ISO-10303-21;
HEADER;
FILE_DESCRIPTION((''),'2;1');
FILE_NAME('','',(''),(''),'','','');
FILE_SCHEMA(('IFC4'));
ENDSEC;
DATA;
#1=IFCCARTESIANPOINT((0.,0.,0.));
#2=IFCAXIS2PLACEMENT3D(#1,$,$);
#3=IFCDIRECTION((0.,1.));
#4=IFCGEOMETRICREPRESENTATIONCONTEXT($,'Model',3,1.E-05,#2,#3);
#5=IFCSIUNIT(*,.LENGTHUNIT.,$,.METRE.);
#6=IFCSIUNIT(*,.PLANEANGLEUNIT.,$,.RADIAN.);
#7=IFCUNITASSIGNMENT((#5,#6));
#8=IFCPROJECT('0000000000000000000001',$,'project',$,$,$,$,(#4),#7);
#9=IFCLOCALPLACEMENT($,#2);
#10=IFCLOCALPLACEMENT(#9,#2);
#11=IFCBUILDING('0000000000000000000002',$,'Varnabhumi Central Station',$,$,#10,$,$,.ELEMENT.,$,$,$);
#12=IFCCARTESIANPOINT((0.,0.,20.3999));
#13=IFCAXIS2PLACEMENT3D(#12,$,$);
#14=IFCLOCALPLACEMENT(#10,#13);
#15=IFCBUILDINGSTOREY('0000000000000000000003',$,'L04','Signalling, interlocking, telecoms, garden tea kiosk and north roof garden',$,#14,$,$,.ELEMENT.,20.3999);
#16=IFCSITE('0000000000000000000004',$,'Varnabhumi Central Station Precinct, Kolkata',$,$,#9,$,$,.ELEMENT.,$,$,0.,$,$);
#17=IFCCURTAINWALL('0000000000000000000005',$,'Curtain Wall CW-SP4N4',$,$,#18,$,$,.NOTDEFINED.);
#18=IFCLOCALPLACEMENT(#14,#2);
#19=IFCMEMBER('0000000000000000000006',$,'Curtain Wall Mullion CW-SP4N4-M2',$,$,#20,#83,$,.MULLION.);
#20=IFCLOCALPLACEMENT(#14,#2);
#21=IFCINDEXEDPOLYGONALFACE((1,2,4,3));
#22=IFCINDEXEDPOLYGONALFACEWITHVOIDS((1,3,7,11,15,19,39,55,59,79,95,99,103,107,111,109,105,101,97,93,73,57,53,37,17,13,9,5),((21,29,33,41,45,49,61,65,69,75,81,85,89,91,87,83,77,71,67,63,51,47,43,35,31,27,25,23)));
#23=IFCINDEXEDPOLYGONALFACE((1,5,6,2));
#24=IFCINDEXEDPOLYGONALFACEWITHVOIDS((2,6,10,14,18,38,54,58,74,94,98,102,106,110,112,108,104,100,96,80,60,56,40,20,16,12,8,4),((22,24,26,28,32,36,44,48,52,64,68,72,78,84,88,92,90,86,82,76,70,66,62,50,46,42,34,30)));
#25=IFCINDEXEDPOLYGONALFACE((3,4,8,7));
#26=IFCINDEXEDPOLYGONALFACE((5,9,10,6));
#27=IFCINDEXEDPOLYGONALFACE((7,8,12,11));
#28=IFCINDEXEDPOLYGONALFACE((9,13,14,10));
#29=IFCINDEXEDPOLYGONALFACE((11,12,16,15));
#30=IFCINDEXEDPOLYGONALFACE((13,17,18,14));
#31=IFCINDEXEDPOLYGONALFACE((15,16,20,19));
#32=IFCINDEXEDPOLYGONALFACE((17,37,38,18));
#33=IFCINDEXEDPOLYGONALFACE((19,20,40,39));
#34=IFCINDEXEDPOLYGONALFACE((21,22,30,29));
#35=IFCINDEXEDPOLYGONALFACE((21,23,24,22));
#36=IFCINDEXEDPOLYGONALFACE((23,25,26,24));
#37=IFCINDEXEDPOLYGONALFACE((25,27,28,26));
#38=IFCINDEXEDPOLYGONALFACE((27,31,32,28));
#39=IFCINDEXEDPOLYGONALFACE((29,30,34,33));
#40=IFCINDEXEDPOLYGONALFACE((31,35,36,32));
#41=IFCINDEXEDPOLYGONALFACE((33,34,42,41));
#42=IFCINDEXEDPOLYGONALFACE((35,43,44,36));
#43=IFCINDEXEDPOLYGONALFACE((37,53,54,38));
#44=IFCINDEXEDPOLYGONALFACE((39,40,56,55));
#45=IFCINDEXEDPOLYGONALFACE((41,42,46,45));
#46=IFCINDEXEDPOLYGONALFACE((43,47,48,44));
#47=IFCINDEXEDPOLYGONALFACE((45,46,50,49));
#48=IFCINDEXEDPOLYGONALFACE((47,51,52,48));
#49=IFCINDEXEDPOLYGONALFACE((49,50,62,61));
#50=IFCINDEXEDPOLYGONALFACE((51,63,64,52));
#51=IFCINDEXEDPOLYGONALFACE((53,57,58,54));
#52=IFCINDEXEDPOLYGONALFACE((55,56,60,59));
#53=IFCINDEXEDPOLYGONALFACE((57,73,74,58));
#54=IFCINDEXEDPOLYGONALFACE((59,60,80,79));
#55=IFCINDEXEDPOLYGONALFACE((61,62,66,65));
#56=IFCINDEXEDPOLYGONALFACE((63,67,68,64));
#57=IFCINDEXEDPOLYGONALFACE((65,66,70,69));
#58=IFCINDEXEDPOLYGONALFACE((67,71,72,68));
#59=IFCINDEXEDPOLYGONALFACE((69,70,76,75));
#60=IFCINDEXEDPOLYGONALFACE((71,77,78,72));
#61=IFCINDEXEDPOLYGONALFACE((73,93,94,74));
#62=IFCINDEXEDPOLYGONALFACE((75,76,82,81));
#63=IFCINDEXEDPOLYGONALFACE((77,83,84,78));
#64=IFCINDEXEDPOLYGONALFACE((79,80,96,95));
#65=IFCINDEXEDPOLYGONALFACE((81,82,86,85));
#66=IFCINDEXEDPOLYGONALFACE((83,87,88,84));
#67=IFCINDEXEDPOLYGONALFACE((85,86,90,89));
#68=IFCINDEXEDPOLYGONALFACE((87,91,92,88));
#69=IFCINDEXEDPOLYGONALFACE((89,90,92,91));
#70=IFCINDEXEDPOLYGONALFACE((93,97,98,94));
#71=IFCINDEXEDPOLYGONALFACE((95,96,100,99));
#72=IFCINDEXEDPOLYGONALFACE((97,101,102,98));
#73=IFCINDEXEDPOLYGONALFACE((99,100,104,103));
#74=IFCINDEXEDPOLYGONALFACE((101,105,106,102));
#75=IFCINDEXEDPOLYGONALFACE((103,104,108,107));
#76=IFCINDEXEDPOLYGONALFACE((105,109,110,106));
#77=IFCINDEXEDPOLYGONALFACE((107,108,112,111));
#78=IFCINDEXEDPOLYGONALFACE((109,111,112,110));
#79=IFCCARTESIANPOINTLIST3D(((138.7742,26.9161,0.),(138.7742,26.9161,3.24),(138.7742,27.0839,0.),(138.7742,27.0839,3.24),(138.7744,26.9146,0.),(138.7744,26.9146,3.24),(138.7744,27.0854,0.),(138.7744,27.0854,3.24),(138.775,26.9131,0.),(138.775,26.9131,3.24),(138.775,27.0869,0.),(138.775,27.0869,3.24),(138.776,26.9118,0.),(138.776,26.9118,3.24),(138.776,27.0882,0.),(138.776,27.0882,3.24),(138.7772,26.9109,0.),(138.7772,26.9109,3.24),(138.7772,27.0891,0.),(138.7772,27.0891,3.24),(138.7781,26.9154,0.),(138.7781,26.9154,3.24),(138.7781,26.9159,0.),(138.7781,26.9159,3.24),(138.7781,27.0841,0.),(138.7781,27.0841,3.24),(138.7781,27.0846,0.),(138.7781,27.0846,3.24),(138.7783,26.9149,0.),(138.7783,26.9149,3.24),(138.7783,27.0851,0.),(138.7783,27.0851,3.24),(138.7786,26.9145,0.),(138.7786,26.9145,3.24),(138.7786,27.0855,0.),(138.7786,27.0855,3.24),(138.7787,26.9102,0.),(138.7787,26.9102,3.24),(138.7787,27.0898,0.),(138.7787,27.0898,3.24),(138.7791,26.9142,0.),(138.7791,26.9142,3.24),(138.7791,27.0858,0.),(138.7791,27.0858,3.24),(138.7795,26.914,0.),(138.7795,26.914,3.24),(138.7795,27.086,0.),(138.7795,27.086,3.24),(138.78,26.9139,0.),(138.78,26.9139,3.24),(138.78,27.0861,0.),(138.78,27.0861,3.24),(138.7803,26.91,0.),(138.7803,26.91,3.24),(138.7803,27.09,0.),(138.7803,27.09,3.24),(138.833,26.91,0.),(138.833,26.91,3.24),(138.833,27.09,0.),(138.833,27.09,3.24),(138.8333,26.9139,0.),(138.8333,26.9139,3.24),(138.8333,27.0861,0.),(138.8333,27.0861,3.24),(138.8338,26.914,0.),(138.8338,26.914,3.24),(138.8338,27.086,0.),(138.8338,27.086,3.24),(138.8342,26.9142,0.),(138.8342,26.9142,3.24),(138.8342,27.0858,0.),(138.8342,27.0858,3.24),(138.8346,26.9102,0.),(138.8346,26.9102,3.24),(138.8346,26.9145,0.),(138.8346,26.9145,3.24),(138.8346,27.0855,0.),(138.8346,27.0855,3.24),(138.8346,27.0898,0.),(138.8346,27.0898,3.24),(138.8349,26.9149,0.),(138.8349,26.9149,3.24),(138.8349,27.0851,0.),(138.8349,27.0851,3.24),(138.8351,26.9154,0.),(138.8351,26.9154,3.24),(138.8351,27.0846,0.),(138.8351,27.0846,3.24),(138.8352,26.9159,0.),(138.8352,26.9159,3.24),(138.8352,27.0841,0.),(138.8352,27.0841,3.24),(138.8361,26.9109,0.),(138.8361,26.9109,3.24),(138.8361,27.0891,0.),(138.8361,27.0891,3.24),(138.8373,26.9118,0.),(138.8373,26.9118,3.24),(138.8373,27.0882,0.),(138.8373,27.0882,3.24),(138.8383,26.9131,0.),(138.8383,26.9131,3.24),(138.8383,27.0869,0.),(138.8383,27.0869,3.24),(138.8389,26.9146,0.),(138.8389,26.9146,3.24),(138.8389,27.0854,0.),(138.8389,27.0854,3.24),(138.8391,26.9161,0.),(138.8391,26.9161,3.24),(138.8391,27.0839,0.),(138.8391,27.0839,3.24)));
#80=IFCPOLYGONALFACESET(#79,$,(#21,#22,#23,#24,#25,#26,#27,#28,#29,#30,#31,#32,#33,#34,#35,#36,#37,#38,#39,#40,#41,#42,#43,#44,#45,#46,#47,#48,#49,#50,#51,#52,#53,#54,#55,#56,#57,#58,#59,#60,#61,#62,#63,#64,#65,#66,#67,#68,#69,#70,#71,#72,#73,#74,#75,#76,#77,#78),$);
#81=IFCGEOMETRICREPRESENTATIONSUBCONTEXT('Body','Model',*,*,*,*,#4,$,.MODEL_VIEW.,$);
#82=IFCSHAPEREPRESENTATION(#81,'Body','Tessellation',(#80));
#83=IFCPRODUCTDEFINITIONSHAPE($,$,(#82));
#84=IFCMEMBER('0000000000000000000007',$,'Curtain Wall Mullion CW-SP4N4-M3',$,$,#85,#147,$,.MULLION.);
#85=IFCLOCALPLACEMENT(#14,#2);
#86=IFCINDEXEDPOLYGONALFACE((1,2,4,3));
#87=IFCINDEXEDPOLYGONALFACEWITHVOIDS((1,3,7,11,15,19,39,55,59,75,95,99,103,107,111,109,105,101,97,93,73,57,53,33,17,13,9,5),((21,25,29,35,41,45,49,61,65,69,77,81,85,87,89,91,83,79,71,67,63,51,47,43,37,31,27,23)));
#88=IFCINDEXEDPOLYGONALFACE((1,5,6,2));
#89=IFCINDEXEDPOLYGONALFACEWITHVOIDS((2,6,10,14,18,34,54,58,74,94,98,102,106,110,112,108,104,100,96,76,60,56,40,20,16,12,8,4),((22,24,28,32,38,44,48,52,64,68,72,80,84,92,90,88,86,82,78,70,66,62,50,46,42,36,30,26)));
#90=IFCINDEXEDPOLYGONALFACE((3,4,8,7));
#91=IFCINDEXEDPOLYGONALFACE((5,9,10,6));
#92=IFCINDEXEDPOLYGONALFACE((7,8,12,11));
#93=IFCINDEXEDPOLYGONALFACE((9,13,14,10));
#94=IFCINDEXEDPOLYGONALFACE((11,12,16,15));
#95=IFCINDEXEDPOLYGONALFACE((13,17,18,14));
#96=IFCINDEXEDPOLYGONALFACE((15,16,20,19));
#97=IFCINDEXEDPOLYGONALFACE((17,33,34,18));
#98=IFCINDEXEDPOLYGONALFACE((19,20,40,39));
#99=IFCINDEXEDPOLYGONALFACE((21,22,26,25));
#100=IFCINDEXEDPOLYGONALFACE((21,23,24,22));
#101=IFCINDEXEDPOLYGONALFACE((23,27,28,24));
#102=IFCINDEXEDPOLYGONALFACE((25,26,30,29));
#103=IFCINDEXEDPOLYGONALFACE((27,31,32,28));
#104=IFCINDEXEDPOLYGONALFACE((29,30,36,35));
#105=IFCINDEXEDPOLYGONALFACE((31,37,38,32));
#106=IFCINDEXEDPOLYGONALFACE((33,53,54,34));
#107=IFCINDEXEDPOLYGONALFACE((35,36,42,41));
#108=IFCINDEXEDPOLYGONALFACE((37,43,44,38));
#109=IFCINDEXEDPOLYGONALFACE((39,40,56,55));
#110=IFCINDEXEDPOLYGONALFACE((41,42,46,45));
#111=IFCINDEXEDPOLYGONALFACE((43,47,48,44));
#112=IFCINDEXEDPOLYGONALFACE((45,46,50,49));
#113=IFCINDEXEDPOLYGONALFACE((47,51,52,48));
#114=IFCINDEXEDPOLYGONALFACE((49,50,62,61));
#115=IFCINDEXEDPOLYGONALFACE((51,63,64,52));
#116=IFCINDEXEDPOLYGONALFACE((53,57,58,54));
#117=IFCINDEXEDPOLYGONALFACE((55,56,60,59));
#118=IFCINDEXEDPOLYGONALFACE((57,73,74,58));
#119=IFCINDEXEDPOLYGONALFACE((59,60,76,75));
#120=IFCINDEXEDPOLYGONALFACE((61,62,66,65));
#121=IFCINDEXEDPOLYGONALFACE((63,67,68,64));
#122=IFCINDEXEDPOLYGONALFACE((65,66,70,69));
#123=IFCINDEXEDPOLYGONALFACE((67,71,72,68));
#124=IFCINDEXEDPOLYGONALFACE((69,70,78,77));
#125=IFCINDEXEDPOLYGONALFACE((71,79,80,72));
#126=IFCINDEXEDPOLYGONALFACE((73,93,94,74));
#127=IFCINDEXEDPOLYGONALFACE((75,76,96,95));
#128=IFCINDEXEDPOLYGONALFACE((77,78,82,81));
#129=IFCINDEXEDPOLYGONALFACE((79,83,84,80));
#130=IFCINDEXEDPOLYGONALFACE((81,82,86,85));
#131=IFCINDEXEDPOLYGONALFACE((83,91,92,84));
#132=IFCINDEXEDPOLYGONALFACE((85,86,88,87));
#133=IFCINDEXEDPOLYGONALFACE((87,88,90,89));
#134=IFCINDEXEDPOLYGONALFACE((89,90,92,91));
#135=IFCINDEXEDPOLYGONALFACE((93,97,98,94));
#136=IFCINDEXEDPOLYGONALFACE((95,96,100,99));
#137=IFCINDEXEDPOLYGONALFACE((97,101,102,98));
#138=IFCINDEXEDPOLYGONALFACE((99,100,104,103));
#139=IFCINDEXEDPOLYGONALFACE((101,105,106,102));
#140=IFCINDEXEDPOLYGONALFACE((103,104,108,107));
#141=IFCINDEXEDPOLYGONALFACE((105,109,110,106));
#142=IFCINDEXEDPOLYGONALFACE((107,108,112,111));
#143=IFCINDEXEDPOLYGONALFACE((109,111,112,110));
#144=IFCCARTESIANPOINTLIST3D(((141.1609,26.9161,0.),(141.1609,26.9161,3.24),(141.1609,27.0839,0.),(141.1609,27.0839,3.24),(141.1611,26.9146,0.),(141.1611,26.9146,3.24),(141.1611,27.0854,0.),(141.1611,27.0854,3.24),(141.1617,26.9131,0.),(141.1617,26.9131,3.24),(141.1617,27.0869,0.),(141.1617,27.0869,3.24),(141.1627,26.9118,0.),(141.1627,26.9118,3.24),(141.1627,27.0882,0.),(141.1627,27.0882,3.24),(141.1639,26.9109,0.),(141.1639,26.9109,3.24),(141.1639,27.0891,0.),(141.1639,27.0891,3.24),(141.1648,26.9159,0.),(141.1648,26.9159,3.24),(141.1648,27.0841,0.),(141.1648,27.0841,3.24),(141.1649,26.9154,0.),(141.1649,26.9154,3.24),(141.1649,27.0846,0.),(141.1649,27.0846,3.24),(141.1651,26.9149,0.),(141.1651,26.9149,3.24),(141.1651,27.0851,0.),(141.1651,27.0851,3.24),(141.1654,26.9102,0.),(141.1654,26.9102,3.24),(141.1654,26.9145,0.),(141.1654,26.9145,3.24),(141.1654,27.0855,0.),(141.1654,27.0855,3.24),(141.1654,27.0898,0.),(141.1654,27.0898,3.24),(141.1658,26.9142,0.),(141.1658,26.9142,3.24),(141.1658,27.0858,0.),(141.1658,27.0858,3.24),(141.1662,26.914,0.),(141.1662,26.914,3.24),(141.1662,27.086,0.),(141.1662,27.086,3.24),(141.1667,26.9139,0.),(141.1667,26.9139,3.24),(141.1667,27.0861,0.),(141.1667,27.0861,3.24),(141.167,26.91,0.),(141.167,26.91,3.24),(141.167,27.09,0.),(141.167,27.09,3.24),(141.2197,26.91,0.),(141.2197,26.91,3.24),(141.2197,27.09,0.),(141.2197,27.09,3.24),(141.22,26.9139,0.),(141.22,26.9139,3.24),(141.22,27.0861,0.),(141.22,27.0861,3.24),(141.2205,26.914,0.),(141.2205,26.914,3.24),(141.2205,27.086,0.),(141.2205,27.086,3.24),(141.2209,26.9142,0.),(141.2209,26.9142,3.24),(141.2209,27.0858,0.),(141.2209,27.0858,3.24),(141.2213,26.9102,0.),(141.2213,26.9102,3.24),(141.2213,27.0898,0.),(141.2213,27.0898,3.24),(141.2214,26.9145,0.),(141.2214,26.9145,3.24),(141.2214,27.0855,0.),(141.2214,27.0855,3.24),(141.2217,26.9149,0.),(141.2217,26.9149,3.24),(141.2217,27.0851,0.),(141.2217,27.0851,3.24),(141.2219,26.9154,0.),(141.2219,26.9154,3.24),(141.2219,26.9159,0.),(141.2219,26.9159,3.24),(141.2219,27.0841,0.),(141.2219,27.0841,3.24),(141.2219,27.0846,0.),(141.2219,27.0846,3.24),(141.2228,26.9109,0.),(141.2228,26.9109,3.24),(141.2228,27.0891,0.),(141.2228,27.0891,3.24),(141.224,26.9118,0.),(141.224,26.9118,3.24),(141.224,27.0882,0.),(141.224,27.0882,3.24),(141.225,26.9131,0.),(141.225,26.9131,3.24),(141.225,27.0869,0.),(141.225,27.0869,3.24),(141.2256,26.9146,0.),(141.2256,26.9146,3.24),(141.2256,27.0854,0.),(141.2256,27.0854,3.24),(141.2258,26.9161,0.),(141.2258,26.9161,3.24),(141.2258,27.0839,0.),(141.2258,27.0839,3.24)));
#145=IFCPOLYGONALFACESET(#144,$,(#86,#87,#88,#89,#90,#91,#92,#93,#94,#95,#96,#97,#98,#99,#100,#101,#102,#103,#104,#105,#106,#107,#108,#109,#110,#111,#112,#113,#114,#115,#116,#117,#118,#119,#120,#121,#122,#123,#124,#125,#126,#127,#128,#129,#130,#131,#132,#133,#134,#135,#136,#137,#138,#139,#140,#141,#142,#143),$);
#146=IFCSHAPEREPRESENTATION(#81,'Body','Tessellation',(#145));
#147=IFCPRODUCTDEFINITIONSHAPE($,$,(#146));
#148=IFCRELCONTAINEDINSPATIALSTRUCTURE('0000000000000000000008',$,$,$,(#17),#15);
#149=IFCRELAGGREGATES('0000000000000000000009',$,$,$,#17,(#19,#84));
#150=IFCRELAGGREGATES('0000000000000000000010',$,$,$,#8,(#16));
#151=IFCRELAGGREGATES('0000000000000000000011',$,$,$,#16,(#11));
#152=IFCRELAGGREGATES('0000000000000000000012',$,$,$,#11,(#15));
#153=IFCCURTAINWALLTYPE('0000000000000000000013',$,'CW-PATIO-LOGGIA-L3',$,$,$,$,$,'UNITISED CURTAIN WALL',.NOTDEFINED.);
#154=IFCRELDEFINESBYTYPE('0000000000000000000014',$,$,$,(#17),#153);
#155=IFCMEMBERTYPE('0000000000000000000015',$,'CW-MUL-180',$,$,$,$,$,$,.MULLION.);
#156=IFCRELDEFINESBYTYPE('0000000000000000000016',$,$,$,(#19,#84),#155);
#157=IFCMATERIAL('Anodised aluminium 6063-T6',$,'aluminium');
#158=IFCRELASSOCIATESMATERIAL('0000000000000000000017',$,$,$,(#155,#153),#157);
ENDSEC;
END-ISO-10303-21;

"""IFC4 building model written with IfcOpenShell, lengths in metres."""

from ifc_helpers import new_model, si_unit, direction, frame, origin, origin_2d, place, context, subcontext, project, spatial, hollow_rectangle, extrude, material, material_profile, profile_set, type_object, element, aggregate, save


model = new_model("IFC4")

# Units and contexts
model_context = context("Model", 3, precision=1e-05, world=origin(), true_north=direction((0.0, 1.0)))
body_context = subcontext(model_context, "Body", "Model", "MODEL_VIEW")
ifc_project = project(units=[si_unit("LENGTHUNIT", "METRE"), si_unit("PLANEANGLEUNIT", "RADIAN")], contexts=[model_context])

# Site, building, storey
site_placement = place(None, origin())
site = spatial("IfcSite", under=ifc_project, at=site_placement, Name="Varnabhumi Central Station Precinct, Kolkata", CompositionType="ELEMENT", RefElevation=0.0)
building_placement = place(site_placement, origin())
building = spatial("IfcBuilding", under=site, at=building_placement, Name="Varnabhumi Central Station", CompositionType="ELEMENT")
storey_placement = place(building_placement, frame((0.0, 0.0, 20.3999)))
storey = spatial("IfcBuildingStorey", under=building, at=storey_placement, Name="L04", Description="Signalling, interlocking, telecoms, garden tea kiosk and north roof garden", CompositionType="ELEMENT", Elevation=20.3999)

# Shared definitions
ifc_material_1 = material(Name="Anodised aluminium 6063-T6", Category="aluminium")
ifc_material_profile_1 = material_profile(ifc_material_1, hollow_rectangle(XDim=0.0649, YDim=0.1799, WallThickness=0.0039, InnerFilletRadius=0.002, OuterFilletRadius=0.0061, at=origin_2d()), Name="Anodised aluminium 6063-T6", Category="aluminium")
ifc_profile_set_1 = profile_set([ifc_material_profile_1], Name="Anodised aluminium 6063-T6")
member_type_1 = type_object("IfcMemberType", Name="CW-MUL-180", PredefinedType="MULLION", material=ifc_profile_set_1)

# Curtain wall, members
curtain_wall_type_1 = type_object("IfcCurtainWallType", Name="CW-PATIO-LOGGIA-L3", ElementType="UNITISED CURTAIN WALL", PredefinedType="NOTDEFINED", material=ifc_material_1)
curtain_wall_1_placement = place(storey_placement, origin())
curtain_wall_1 = element("IfcCurtainWall", 1, at=curtain_wall_1_placement, inside=storey, type_object=curtain_wall_type_1, Name="Curtain Wall CW-SP4N4", PredefinedType="NOTDEFINED")
member_1_placement = place(storey_placement, frame((138.8066, 27.0, 0.0), z_axis=(0.0, 0.0, 1.0), x_axis=(1.0, 0.0, 0.0)))
member_1 = element("IfcMember", 2, at=member_1_placement, type_object=member_type_1, Name="Curtain Wall Mullion CW-SP4N4-M2", PredefinedType="MULLION", context=body_context, shape_type="SweptSolid", body=[
    extrude(hollow_rectangle(XDim=0.0649, YDim=0.1799, WallThickness=0.0039, InnerFilletRadius=0.002, OuterFilletRadius=0.0061, at=origin_2d()), origin(), (0.0, 0.0, 1.0), 3.24),
])
member_2_placement = place(storey_placement, frame((141.1934, 27.0, 0.0), z_axis=(0.0, 0.0, 1.0), x_axis=(1.0, 0.0, 0.0)))
member_2 = element("IfcMember", 3, at=member_2_placement, type_object=member_type_1, Name="Curtain Wall Mullion CW-SP4N4-M3", PredefinedType="MULLION", context=body_context, shape_type="SweptSolid", body=[
    extrude(hollow_rectangle(XDim=0.0649, YDim=0.1799, WallThickness=0.0039, InnerFilletRadius=0.002, OuterFilletRadius=0.0061, at=origin_2d()), origin(), (0.0, 0.0, 1.0), 3.24),
])

aggregate(curtain_wall_1, [member_1, member_2])

save(model, "model.ifc")
